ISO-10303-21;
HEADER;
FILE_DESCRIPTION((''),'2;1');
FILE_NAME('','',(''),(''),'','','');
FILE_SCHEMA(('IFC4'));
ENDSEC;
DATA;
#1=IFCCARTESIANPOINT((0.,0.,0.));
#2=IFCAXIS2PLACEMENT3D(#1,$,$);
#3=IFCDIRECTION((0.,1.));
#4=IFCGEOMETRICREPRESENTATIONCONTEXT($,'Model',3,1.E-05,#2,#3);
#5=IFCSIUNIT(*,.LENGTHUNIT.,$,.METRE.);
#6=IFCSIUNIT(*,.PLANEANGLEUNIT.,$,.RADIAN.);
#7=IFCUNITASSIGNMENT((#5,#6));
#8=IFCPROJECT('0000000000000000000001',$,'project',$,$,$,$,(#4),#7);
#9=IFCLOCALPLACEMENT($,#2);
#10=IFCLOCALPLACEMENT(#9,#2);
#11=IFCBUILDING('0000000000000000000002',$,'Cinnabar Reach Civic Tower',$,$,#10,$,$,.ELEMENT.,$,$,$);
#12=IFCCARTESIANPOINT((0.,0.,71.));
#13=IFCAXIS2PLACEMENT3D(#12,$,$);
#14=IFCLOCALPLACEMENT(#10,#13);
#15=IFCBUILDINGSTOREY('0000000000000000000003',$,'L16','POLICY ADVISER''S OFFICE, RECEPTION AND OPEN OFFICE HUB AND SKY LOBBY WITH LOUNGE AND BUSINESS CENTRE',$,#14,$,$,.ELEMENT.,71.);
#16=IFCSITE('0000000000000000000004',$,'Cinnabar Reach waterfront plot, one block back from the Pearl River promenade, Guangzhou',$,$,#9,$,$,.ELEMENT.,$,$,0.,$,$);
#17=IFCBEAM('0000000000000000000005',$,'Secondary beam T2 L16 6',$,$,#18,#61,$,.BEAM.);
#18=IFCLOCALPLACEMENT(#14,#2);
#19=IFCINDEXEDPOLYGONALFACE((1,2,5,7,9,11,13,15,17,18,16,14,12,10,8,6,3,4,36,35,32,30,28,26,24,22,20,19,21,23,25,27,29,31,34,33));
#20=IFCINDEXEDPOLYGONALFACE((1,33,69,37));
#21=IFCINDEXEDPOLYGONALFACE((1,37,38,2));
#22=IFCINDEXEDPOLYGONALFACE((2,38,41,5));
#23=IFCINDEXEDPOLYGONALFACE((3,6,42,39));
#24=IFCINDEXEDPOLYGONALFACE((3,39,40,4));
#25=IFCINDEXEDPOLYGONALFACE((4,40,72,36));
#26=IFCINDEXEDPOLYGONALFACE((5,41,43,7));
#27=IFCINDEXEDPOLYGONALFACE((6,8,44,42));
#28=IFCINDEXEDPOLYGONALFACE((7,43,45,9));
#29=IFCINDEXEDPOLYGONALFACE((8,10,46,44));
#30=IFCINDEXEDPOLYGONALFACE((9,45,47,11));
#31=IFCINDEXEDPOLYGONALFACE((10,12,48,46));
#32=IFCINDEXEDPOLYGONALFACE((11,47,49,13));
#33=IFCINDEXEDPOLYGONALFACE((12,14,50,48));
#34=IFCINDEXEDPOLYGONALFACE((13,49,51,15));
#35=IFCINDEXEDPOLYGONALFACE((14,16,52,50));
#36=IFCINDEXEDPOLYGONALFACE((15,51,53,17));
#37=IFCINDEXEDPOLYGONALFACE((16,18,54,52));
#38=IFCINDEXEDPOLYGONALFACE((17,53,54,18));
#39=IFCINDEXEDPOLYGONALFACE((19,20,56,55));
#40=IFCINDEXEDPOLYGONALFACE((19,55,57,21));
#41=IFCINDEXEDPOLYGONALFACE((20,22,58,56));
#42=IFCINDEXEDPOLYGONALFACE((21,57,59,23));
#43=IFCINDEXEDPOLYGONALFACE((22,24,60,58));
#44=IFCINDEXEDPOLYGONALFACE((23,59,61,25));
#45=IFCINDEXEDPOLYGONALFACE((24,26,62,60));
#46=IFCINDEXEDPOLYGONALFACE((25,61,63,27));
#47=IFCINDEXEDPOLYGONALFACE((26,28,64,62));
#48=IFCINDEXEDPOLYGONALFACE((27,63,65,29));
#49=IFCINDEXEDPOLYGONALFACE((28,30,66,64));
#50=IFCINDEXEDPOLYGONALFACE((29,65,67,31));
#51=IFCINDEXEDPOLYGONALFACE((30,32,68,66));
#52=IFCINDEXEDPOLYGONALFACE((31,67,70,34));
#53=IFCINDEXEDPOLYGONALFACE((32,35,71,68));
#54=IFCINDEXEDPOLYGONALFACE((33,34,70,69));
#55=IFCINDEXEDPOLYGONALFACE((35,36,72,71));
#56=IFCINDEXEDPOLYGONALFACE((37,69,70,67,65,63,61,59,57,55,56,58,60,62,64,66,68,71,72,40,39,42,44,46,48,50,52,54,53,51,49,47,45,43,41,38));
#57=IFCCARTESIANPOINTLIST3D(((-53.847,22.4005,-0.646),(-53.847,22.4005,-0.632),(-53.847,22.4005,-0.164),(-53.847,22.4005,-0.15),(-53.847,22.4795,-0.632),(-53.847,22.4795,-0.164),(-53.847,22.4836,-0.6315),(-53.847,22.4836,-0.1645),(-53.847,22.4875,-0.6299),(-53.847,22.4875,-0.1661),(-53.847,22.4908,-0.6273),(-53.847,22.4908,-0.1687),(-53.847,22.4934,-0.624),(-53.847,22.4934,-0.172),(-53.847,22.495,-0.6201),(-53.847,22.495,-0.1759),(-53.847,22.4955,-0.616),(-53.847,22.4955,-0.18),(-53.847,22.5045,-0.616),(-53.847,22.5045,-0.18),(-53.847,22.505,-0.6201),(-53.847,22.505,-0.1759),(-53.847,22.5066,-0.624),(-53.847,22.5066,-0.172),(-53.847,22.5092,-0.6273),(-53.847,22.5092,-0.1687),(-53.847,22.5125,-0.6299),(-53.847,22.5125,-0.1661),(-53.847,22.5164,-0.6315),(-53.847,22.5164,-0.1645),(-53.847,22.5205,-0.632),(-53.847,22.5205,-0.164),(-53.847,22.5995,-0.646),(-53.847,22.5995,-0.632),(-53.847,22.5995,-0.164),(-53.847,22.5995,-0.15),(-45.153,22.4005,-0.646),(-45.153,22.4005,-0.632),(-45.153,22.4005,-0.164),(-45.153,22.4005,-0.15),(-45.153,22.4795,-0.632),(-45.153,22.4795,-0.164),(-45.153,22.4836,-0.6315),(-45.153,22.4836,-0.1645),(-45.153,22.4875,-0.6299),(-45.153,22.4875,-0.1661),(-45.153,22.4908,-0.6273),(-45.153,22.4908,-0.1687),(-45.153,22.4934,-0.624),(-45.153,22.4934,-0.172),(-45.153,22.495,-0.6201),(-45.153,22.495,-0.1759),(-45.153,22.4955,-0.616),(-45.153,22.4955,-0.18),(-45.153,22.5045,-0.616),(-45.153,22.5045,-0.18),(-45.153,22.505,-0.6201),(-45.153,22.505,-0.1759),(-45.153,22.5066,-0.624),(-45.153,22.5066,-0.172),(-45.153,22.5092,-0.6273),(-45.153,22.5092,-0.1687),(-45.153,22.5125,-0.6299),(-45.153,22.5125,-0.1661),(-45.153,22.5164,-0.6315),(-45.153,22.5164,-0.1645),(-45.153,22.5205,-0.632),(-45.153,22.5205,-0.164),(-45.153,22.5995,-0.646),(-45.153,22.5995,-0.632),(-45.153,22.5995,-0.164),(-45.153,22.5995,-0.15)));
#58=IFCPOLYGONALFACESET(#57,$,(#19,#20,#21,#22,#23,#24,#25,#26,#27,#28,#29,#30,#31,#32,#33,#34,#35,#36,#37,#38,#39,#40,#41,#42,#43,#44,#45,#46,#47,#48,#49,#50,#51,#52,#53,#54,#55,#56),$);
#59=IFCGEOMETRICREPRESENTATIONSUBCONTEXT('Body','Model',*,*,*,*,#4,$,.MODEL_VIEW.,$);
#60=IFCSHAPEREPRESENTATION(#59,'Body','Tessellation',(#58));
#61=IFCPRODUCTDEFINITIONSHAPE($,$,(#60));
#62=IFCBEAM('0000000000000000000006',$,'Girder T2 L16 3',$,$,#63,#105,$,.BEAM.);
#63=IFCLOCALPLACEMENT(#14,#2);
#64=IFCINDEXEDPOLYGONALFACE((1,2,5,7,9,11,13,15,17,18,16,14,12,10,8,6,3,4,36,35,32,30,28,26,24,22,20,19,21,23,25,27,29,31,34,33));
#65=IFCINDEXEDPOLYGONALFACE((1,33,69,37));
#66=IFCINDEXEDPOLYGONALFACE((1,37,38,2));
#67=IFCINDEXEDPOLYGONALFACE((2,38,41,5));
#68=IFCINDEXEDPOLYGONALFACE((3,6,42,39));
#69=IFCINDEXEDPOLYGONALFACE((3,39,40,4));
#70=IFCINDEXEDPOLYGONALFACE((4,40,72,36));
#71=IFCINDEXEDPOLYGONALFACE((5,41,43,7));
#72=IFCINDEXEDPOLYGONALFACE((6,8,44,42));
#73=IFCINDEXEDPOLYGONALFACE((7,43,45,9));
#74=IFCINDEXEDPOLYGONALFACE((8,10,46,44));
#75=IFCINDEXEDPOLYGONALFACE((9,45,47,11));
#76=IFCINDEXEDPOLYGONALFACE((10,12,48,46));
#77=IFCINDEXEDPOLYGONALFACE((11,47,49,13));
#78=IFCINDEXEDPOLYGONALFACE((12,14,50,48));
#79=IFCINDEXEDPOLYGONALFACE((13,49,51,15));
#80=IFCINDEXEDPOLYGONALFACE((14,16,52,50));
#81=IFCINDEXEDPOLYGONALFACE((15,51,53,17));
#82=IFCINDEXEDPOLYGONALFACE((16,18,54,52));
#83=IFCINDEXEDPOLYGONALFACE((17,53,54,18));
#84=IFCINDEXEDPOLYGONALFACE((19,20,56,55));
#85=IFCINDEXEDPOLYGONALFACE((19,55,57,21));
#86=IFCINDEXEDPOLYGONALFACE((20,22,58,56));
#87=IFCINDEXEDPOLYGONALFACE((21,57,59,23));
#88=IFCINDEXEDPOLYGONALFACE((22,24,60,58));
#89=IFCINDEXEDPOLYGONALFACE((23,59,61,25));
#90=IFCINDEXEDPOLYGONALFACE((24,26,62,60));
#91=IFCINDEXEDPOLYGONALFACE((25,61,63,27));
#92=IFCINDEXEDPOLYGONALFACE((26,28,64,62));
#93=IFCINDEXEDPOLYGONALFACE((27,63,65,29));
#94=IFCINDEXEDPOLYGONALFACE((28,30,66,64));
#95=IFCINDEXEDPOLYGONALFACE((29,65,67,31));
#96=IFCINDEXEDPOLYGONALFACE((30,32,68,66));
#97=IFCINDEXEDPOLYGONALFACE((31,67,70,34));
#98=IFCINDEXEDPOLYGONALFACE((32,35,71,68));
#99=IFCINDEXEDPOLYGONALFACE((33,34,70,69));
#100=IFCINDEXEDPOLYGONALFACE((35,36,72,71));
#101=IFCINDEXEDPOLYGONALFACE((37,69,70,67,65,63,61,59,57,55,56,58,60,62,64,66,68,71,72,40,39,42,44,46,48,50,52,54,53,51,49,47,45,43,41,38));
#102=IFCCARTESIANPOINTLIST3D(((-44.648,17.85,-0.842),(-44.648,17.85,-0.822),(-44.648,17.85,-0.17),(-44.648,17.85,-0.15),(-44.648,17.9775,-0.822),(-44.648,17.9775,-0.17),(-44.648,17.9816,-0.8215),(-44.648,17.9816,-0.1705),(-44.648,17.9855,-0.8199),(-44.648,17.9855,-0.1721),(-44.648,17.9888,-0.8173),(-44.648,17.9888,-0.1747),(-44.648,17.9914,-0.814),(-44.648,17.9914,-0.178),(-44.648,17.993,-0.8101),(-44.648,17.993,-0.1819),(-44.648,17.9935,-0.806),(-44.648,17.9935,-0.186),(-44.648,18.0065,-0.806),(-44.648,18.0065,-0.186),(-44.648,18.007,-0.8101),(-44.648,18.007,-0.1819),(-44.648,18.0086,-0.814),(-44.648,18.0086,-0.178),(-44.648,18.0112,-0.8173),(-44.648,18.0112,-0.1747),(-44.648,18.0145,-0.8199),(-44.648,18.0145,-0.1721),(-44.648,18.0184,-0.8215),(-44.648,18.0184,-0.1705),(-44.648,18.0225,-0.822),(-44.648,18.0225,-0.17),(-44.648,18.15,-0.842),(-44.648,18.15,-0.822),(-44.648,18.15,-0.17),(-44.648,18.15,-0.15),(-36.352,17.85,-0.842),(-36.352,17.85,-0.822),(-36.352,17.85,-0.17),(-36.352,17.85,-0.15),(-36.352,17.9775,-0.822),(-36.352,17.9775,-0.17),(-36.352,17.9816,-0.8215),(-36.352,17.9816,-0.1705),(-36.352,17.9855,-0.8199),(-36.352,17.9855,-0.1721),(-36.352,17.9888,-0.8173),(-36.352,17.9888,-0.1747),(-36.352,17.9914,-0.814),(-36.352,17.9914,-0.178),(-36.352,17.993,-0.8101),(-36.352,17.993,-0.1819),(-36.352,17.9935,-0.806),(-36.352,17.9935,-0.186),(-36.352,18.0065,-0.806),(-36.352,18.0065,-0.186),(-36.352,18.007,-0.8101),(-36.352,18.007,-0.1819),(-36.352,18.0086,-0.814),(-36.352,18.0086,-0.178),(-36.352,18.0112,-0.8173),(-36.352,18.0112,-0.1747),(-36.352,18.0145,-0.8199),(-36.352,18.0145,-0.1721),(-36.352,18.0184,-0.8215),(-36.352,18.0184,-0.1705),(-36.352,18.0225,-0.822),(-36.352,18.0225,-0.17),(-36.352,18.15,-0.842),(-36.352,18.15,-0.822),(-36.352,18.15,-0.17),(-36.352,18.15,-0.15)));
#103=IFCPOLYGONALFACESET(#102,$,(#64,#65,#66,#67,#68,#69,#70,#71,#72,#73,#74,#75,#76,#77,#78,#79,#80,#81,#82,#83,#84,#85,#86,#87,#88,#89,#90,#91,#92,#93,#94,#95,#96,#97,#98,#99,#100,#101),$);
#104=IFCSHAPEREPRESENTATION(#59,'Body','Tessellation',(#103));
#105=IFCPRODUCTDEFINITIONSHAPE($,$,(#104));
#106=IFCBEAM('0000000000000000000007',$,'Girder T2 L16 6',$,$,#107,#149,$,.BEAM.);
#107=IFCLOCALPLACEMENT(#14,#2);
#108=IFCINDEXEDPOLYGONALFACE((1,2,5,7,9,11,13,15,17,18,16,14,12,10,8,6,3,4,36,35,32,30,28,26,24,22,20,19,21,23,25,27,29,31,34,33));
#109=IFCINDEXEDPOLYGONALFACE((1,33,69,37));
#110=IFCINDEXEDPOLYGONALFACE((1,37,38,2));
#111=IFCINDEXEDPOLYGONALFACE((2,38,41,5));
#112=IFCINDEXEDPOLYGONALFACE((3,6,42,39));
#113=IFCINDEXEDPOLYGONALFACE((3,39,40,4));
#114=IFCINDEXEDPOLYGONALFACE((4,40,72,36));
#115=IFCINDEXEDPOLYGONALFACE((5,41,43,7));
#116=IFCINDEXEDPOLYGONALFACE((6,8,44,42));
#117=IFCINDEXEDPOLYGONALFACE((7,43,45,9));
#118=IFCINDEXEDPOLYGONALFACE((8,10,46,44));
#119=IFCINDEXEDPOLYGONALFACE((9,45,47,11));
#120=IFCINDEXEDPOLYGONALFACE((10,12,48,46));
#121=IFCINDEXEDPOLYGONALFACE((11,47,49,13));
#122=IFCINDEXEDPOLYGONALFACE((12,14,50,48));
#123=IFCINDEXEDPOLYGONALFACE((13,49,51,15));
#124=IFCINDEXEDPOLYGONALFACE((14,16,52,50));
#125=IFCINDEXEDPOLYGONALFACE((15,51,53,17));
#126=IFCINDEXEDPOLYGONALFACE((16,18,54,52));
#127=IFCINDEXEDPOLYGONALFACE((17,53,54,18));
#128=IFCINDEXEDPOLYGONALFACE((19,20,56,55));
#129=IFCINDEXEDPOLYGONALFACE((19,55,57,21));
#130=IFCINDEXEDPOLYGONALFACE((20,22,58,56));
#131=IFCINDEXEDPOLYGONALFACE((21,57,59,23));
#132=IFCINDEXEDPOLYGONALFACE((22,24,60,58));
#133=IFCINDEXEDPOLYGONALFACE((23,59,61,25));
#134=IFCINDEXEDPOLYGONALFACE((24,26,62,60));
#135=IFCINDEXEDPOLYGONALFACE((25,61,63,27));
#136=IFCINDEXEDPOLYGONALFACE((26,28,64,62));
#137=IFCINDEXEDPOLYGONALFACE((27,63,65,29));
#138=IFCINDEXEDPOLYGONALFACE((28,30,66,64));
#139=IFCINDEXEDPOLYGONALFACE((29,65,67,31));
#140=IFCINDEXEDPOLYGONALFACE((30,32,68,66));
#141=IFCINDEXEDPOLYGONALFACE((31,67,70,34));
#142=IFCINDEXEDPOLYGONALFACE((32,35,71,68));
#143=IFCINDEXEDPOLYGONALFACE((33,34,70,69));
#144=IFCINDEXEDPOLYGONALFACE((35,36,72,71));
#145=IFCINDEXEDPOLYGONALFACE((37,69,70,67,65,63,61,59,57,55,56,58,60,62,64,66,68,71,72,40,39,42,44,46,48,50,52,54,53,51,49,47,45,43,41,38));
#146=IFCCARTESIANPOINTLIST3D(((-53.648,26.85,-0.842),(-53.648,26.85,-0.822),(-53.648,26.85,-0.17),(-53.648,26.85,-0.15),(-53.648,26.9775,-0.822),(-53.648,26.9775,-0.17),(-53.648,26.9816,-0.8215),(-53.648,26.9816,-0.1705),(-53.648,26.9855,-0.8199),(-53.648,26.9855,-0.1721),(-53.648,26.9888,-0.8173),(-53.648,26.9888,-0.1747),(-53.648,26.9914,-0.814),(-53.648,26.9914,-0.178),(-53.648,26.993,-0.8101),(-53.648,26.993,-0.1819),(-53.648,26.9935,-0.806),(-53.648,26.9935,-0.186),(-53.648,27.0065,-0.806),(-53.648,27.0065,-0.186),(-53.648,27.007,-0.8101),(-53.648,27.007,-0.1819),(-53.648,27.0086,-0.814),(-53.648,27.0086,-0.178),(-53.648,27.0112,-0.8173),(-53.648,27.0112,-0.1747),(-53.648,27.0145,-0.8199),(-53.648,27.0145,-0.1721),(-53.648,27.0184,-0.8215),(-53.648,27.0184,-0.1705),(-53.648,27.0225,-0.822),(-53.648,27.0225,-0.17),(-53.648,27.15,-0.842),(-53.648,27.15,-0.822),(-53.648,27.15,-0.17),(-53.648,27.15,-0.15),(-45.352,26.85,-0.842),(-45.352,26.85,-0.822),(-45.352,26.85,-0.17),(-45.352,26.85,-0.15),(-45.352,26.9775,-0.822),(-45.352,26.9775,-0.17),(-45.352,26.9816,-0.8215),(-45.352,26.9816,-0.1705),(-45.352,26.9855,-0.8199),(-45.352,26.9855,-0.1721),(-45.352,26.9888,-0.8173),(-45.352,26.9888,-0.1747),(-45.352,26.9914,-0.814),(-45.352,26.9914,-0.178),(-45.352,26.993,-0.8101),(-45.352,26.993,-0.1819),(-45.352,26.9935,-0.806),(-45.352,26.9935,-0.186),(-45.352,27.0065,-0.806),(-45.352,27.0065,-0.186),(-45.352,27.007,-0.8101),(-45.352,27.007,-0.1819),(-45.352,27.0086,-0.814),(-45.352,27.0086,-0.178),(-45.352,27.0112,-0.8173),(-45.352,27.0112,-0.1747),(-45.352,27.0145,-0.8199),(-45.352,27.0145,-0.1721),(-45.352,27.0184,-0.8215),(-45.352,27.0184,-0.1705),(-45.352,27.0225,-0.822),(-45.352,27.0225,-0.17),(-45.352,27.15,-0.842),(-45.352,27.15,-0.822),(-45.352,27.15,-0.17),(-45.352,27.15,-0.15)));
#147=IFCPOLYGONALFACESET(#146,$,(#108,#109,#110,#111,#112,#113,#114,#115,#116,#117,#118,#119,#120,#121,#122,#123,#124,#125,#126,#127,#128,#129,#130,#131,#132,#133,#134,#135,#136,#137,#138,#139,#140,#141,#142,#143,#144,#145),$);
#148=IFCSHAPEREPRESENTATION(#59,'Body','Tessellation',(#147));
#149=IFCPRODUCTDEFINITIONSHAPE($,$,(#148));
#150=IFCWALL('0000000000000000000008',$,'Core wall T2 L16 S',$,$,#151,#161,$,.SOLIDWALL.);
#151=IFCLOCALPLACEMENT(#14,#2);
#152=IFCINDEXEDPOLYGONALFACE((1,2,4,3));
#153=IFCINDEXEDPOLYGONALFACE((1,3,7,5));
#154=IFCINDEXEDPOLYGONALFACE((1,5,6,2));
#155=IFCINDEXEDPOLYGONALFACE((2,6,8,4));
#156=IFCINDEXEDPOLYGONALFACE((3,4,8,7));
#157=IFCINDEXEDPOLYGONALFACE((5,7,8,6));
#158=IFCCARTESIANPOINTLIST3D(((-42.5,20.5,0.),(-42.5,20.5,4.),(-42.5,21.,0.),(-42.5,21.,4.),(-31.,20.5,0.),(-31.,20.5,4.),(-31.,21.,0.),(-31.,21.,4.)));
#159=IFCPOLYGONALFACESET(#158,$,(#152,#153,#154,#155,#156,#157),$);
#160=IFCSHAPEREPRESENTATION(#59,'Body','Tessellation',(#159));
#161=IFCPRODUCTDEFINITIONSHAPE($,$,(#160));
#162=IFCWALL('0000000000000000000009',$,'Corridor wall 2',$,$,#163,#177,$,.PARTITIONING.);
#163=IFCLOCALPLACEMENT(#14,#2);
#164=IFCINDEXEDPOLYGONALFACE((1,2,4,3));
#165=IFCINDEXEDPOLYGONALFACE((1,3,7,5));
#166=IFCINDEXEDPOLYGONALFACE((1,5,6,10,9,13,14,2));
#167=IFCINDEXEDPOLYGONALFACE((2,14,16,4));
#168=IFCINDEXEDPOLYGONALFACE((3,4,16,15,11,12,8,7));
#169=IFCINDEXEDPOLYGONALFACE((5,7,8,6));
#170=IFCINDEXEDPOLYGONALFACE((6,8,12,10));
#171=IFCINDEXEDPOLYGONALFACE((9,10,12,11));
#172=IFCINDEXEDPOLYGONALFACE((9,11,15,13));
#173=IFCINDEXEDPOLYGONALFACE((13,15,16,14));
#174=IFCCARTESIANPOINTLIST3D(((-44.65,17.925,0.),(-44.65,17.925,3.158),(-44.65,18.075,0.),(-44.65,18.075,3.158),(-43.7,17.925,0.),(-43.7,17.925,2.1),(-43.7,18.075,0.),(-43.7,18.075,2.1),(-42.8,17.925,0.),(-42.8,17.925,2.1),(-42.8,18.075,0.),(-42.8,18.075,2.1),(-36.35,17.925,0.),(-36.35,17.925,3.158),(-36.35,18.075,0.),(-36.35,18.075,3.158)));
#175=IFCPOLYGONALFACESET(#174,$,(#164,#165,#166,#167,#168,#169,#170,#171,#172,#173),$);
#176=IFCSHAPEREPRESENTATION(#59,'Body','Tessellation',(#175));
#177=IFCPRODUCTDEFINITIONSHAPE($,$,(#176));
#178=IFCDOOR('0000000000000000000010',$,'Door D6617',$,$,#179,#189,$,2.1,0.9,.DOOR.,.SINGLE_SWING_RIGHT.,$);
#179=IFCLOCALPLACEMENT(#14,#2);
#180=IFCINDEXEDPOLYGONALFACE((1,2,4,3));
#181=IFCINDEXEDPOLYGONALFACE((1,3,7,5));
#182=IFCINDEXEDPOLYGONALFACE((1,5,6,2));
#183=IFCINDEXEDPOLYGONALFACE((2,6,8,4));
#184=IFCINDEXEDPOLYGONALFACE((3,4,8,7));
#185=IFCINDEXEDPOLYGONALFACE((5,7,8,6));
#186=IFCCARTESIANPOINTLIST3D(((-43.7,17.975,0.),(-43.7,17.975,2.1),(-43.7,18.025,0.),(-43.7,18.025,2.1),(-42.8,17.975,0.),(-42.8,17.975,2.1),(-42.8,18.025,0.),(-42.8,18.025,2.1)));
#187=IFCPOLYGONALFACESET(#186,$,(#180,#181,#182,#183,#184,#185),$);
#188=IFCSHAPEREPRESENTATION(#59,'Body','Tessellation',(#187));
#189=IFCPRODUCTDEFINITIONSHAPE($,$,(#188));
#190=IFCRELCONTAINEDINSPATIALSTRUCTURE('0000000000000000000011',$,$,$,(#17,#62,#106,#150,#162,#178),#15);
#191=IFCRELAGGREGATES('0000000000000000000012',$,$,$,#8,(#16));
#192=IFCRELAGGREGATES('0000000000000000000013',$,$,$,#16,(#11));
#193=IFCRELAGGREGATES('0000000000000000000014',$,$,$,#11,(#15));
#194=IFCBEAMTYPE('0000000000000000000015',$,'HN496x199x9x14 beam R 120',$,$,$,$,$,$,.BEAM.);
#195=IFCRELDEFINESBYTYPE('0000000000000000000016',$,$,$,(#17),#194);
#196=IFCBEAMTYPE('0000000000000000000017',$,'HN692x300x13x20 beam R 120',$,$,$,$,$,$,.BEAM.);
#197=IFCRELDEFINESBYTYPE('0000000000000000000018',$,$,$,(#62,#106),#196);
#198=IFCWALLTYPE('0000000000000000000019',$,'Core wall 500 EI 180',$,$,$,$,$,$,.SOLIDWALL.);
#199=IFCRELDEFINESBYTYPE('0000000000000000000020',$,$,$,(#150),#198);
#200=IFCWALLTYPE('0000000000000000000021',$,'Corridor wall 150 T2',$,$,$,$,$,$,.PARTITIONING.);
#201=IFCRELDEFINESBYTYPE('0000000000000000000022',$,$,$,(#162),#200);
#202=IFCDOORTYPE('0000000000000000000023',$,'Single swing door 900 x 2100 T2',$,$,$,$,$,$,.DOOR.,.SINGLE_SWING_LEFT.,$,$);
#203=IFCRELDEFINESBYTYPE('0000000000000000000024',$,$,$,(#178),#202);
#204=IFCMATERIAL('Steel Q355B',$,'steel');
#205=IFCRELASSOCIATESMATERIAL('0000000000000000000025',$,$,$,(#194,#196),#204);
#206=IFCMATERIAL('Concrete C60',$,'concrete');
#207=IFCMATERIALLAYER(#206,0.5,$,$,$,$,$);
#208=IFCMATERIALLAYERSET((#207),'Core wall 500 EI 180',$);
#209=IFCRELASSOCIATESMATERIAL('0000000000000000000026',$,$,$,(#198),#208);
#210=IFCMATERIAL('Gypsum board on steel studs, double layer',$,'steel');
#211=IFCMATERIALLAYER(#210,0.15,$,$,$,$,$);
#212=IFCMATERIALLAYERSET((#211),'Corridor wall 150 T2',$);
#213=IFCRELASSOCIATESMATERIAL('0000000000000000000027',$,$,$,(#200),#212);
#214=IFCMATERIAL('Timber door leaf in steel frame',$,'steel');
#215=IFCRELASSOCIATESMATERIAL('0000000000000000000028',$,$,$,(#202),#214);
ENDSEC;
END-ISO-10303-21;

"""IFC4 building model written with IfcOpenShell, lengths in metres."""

from ifc_helpers import new_model, si_unit, direction, frame, frame_2d, origin, origin_2d, place, context, subcontext, project, spatial, rectangle, i_section, extrude, material, layer, layer_set, material_profile, profile_set, type_object, element, fill, save


model = new_model("IFC4")

# Units and contexts
model_context = context("Model", 3, precision=1e-05, world=origin(), true_north=direction((0.0, 1.0)))
body_context = subcontext(model_context, "Body", "Model", "MODEL_VIEW")
ifc_project = project(units=[si_unit("LENGTHUNIT", "METRE"), si_unit("PLANEANGLEUNIT", "RADIAN")], contexts=[model_context])

# Site, building, storey
site_placement = place(None, origin())
site = spatial("IfcSite", under=ifc_project, at=site_placement, Name="Cinnabar Reach waterfront plot, one block back from the Pearl River promenade, Guangzhou", CompositionType="ELEMENT", RefElevation=0.0)
building_placement = place(site_placement, origin())
building = spatial("IfcBuilding", under=site, at=building_placement, Name="Cinnabar Reach Civic Tower", CompositionType="ELEMENT")
storey_placement = place(building_placement, frame((0.0, 0.0, 71.0)))
storey = spatial("IfcBuildingStorey", under=building, at=storey_placement, Name="L16", Description="POLICY ADVISER'S OFFICE, RECEPTION AND OPEN OFFICE HUB AND SKY LOBBY WITH LOUNGE AND BUSINESS CENTRE", CompositionType="ELEMENT", Elevation=71.0)

# Shared definitions
ifc_material_1 = material(Name="Concrete C60", Category="concrete")

# Beams
ifc_material_2 = material(Name="Steel Q355B", Category="steel")
ifc_material_profile_1 = material_profile(ifc_material_2, i_section(OverallWidth=0.199, OverallDepth=0.496, WebThickness=0.009, FlangeThickness=0.014, FilletRadius=0.016, at=origin_2d()), Name="HN496x199x9x14")
ifc_profile_set_1 = profile_set([ifc_material_profile_1], Name="Steel Q355B")
beam_type_1 = type_object("IfcBeamType", Name="HN496x199x9x14 beam R 120", PredefinedType="BEAM", material=ifc_profile_set_1)
beam_1_placement = place(storey_placement, frame((-53.847, 22.5, -0.398), z_axis=(1.0, 0.0, 0.0), x_axis=(0.0, 1.0, 0.0)))
element("IfcBeam", 1, at=beam_1_placement, inside=storey, type_object=beam_type_1, Name="Secondary beam T2 L16 6", PredefinedType="BEAM", context=body_context, shape_type="SweptSolid", body=[
    extrude(i_section(OverallWidth=0.199, OverallDepth=0.496, WebThickness=0.009, FlangeThickness=0.014, FilletRadius=0.016, at=origin_2d()), origin(), (0.0, 0.0, 1.0), 8.694),
])
ifc_material_profile_2 = material_profile(ifc_material_2, i_section(OverallWidth=0.3, OverallDepth=0.692, WebThickness=0.013, FlangeThickness=0.02, FilletRadius=0.016, at=origin_2d()), Name="HN692x300x13x20")
ifc_profile_set_2 = profile_set([ifc_material_profile_2], Name="Steel Q355B")
beam_type_2 = type_object("IfcBeamType", Name="HN692x300x13x20 beam R 120", PredefinedType="BEAM", material=ifc_profile_set_2)
for number, where, z_axis, x_axis, name in (
    (2, (-44.648, 18.0, -0.496), (1.0, 0.0, 0.0), (0.0, 1.0, 0.0), "Girder T2 L16 3"),
    (3, (-53.648, 27.0, -0.496), (1.0, 0.0, 0.0), (0.0, 1.0, 0.0), "Girder T2 L16 6"),
):
    element("IfcBeam", number, at=place(storey_placement, frame(where, z_axis=z_axis, x_axis=x_axis)), inside=storey, type_object=beam_type_2, Name=name, PredefinedType="BEAM", context=body_context, shape_type="SweptSolid", body=[
        extrude(i_section(OverallWidth=0.3, OverallDepth=0.692, WebThickness=0.013, FlangeThickness=0.02, FilletRadius=0.016, at=origin_2d()), origin(), (0.0, 0.0, 1.0), 8.296),
    ])

# Wall
ifc_layer_1 = layer(ifc_material_1, 0.5)
ifc_layer_set_1 = layer_set([ifc_layer_1], Name="Core wall 500 EI 180")
wall_type_1 = type_object("IfcWallType", Name="Core wall 500 EI 180", PredefinedType="SOLIDWALL", material=ifc_layer_set_1)
wall_1_placement = place(storey_placement, frame((-42.5, 20.75, 0.0), z_axis=(0.0, 0.0, 1.0), x_axis=(1.0, 0.0, 0.0)))
element("IfcWall", 4, at=wall_1_placement, inside=storey, type_object=wall_type_1, Name="Core wall T2 L16 S", PredefinedType="SOLIDWALL", context=body_context, shape_type="SweptSolid", body=[
    extrude(rectangle(XDim=11.5, YDim=0.5, at=frame_2d((5.75, 0.0))), origin(), (0.0, 0.0, 1.0), 4.0),
])

# Wall, opening, door
ifc_material_3 = material(Name="Gypsum board on steel studs, double layer", Category="steel")
ifc_layer_2 = layer(ifc_material_3, 0.15)
ifc_layer_set_2 = layer_set([ifc_layer_2], Name="Corridor wall 150 T2")
wall_type_2 = type_object("IfcWallType", Name="Corridor wall 150 T2", PredefinedType="PARTITIONING", material=ifc_layer_set_2)
wall_2_placement = place(storey_placement, frame((-44.65, 18.0, 0.0), z_axis=(0.0, 0.0, 1.0), x_axis=(1.0, 0.0, 0.0)))
wall_2 = element("IfcWall", 5, at=wall_2_placement, inside=storey, type_object=wall_type_2, Name="Corridor wall 2", PredefinedType="PARTITIONING", context=body_context, shape_type="SweptSolid", body=[
    extrude(rectangle(XDim=8.3, YDim=0.15, at=frame_2d((4.15, 0.0))), origin(), (0.0, 0.0, 1.0), 3.158),
])
opening_1_placement = place(wall_2_placement, frame((0.95, 0.0, 0.0)))
opening_1 = element("IfcOpeningElement", 6, at=opening_1_placement, cuts=wall_2, PredefinedType="OPENING", context=body_context, shape_type="SweptSolid", body=[
    extrude(rectangle(XDim=0.9, YDim=2.1, at=frame_2d((0.45, 1.05))), frame((0.0, 0.085, 0.0), z_axis=(0.0, -1.0, 0.0), x_axis=(1.0, 0.0, 0.0)), (0.0, 0.0, 1.0), 0.17),
])
ifc_material_4 = material(Name="Timber door leaf in steel frame", Category="steel")
door_type_1 = type_object("IfcDoorType", Name="Single swing door 900 x 2100 T2", OperationType="SINGLE_SWING_LEFT", PredefinedType="DOOR", material=ifc_material_4)
door_1_placement = place(opening_1_placement, frame((0.9, 0.0, 0.0), z_axis=(0.0, 0.0, 1.0), x_axis=(-1.0, 0.0, 0.0)))
door_1 = element("IfcDoor", 7, at=door_1_placement, inside=storey, type_object=door_type_1, Name="Door D6617", OperationType="SINGLE_SWING_RIGHT", OverallHeight=2.1, OverallWidth=0.9, PredefinedType="DOOR", context=body_context, shape_type="SweptSolid", body=[
    extrude(rectangle(XDim=0.9, YDim=2.1, at=frame_2d((0.45, 1.05))), frame((0.0, 0.025, 0.0), z_axis=(0.0, -1.0, 0.0), x_axis=(1.0, 0.0, 0.0)), (0.0, 0.0, 1.0), 0.05),
])
fill(opening_1, door_1)

save(model, "model.ifc")
